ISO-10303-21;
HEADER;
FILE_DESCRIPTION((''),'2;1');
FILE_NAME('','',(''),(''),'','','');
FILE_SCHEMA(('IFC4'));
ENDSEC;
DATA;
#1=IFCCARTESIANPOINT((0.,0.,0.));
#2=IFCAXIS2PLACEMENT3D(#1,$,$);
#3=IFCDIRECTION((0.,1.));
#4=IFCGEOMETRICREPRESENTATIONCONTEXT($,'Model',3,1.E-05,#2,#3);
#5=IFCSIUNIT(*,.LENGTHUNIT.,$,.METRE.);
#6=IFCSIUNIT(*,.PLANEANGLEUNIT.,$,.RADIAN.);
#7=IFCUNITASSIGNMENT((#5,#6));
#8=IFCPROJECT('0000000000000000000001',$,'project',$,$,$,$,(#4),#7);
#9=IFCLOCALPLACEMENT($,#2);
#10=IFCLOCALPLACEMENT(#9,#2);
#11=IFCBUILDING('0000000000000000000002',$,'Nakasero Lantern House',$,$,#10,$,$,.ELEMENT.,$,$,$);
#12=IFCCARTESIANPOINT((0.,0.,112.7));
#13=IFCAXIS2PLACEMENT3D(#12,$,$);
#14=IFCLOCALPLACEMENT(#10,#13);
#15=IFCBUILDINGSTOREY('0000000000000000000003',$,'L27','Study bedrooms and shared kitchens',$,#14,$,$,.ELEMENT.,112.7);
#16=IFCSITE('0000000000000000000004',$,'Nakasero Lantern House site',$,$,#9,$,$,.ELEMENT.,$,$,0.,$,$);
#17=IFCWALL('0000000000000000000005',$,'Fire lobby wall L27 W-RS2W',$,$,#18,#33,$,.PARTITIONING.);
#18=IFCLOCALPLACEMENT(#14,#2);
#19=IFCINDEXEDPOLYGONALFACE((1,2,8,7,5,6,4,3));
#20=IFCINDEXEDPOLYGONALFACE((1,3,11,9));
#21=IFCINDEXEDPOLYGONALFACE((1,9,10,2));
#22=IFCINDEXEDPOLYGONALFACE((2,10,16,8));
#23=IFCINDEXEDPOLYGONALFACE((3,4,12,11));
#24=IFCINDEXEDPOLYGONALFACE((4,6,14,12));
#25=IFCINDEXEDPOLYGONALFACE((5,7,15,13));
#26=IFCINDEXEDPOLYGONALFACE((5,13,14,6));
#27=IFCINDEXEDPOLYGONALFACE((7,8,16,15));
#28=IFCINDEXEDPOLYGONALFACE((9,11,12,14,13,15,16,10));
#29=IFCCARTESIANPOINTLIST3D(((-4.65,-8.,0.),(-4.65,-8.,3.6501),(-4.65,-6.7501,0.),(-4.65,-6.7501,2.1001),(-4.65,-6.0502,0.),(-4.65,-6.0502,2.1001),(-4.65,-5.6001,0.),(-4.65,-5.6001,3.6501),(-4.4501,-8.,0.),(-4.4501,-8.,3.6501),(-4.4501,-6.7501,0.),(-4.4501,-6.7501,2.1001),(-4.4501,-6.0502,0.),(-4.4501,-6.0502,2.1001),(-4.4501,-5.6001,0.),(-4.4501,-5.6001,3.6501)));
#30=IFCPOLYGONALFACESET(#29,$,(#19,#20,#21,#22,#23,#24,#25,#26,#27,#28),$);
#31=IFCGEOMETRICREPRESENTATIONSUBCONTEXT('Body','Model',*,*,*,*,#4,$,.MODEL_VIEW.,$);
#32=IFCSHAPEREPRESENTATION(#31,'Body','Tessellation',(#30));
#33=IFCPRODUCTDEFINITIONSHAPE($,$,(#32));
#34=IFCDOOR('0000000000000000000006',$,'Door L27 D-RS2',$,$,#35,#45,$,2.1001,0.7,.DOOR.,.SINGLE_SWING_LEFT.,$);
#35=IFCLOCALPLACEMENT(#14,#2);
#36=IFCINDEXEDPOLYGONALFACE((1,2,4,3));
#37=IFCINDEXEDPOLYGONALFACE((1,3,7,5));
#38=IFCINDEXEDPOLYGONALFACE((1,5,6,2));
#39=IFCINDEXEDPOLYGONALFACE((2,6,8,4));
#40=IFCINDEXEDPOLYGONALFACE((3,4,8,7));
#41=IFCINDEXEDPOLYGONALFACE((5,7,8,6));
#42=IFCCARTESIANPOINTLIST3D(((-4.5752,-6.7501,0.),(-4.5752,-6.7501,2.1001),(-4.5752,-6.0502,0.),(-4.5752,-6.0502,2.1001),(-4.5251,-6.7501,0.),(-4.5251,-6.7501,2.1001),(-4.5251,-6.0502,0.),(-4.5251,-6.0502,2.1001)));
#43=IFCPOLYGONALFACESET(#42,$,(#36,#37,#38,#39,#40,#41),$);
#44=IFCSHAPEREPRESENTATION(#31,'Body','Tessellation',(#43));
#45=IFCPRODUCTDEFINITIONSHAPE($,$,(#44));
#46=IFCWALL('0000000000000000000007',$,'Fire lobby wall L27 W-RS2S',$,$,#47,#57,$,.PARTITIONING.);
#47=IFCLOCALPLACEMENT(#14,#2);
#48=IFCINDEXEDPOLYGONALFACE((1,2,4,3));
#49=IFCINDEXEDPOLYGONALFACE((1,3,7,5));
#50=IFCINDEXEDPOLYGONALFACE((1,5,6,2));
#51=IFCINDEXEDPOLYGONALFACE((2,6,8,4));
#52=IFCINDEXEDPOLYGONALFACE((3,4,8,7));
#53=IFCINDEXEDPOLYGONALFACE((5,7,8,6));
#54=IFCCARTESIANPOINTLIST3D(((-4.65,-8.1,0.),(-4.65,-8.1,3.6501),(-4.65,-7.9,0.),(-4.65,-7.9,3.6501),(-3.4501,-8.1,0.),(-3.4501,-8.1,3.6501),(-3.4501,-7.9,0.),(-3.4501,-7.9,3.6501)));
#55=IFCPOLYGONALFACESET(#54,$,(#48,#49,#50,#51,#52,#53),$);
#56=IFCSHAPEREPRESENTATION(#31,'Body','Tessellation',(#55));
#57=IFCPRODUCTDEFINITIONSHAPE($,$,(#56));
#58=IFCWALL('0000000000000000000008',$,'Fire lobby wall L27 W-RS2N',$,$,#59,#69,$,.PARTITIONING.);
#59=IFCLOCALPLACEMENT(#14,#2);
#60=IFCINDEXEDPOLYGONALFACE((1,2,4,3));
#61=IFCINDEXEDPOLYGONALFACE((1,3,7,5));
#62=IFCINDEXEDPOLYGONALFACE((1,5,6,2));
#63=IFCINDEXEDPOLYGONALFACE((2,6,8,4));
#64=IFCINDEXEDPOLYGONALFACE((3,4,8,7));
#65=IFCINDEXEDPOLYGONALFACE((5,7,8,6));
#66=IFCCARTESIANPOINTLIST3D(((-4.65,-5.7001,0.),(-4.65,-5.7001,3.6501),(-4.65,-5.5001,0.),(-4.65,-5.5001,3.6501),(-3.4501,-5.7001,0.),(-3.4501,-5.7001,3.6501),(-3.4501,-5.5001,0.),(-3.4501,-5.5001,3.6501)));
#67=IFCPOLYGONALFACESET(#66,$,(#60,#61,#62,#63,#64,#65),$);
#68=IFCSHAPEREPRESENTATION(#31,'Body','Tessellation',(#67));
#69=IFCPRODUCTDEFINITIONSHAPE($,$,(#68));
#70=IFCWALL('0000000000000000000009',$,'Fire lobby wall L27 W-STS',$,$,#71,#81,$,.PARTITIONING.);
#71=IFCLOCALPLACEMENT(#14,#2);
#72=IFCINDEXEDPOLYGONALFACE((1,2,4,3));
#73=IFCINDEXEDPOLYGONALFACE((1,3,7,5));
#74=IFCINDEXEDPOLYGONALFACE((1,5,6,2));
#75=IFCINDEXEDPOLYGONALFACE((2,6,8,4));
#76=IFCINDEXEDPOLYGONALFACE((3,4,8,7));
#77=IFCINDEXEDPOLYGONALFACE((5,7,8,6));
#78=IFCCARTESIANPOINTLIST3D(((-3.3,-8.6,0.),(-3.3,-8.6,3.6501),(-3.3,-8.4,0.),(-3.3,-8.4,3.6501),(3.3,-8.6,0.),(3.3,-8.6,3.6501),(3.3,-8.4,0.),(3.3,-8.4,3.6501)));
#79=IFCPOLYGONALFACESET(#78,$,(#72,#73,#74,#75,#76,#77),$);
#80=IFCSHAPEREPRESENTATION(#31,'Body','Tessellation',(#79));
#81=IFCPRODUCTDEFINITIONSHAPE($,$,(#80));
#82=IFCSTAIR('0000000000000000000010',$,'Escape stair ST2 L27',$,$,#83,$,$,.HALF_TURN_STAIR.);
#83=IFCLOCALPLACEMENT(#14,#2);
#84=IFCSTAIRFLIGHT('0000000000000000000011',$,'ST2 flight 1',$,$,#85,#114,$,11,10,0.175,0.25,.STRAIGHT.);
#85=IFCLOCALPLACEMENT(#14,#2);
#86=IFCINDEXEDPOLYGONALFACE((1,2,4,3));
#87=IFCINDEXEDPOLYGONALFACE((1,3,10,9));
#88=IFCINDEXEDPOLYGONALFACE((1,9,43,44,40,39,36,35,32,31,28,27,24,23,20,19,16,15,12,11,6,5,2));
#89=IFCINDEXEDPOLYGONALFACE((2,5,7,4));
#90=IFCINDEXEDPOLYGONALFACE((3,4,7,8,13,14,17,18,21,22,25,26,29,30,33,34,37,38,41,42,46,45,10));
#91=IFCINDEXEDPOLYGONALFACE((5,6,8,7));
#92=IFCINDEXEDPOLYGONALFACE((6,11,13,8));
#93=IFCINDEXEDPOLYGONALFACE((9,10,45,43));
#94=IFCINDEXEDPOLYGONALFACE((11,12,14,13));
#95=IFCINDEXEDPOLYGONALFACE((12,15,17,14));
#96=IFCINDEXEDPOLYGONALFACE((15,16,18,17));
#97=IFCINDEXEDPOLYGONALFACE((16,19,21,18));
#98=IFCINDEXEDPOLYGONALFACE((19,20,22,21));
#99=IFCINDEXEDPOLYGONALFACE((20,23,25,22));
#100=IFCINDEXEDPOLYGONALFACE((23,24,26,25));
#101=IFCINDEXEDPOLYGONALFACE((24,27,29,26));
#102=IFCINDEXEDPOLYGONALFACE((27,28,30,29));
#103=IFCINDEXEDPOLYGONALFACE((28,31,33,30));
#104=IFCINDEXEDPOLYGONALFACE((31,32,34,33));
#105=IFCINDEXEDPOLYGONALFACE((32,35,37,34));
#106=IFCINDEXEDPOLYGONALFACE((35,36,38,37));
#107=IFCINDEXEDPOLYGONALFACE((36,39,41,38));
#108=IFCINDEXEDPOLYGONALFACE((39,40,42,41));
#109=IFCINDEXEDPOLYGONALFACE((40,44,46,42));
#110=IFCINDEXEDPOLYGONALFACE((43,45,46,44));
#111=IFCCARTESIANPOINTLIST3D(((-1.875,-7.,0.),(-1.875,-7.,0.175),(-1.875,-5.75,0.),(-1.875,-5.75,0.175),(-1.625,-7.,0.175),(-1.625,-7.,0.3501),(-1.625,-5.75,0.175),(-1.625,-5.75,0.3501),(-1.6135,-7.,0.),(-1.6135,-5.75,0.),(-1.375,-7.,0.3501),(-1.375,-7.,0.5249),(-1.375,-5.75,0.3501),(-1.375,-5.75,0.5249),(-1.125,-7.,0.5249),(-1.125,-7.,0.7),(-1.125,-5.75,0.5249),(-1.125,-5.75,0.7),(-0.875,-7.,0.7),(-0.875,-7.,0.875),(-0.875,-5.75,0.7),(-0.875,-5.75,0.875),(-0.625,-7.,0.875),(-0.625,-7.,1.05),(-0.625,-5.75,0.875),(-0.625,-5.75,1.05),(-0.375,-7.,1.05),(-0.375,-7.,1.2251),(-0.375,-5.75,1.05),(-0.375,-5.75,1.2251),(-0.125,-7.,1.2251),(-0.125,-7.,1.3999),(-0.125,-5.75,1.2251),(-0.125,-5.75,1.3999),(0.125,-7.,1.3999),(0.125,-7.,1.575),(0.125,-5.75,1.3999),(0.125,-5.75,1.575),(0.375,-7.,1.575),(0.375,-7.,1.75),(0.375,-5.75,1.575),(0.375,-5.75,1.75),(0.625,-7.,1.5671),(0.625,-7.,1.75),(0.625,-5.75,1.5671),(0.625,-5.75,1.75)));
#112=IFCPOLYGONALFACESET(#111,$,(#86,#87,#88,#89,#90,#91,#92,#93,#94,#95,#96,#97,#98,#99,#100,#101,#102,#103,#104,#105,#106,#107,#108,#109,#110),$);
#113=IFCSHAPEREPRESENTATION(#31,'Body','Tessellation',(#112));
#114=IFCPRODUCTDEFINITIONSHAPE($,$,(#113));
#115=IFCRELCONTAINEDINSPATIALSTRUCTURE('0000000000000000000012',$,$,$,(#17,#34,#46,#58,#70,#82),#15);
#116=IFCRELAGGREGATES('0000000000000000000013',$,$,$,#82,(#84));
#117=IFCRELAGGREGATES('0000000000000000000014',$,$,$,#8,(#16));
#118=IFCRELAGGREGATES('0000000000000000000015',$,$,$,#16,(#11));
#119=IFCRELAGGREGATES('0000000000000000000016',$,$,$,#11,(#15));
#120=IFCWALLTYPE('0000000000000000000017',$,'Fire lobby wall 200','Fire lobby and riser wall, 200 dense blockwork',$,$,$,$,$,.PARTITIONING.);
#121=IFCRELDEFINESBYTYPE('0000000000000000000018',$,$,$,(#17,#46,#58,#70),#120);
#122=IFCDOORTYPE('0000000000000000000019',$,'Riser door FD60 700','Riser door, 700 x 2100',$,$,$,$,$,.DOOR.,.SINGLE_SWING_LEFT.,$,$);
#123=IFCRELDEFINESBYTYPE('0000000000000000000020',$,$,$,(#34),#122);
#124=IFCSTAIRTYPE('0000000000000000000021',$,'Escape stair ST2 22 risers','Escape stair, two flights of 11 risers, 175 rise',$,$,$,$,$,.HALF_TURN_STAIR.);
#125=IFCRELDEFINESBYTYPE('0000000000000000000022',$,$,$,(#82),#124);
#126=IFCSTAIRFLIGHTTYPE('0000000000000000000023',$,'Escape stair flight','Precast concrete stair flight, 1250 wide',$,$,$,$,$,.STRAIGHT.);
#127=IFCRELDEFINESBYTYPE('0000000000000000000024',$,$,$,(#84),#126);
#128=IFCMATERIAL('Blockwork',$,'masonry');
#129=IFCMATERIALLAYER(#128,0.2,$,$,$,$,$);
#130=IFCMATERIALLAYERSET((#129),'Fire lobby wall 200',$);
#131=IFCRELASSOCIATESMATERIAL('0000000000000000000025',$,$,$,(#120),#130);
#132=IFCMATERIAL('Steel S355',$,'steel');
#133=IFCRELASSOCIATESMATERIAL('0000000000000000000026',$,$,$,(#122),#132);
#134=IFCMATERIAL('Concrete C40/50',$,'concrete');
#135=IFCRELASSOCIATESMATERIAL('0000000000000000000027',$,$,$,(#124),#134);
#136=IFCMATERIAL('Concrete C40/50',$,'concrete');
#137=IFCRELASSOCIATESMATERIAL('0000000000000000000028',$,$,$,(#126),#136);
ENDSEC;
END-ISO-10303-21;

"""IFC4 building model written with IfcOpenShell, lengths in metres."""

from ifc_helpers import new_model, si_unit, direction, frame, frame_2d, origin, place, context, subcontext, project, spatial, polyline, rectangle, outline, extrude, material, layer, layer_set, type_object, element, fill, aggregate, save


model = new_model("IFC4")

# Units and contexts
model_context = context("Model", 3, precision=1e-05, world=origin(), true_north=direction((0.0, 1.0)))
body_context = subcontext(model_context, "Body", "Model", "MODEL_VIEW")
ifc_project = project(units=[si_unit("LENGTHUNIT", "METRE"), si_unit("PLANEANGLEUNIT", "RADIAN")], contexts=[model_context])

# Site, building, storey
site_placement = place(None, origin())
site = spatial("IfcSite", under=ifc_project, at=site_placement, Name="Nakasero Lantern House site", CompositionType="ELEMENT", RefElevation=0.0)
building_placement = place(site_placement, origin())
building = spatial("IfcBuilding", under=site, at=building_placement, Name="Nakasero Lantern House", CompositionType="ELEMENT")
storey_placement = place(building_placement, frame((0.0, 0.0, 112.7)))
storey = spatial("IfcBuildingStorey", under=building, at=storey_placement, Name="L27", Description="Study bedrooms and shared kitchens", CompositionType="ELEMENT", Elevation=112.7)

# Wall, opening, door
ifc_material_1 = material(Name="Blockwork", Category="masonry")
ifc_layer_1 = layer(ifc_material_1, 0.2)
ifc_layer_set_1 = layer_set([ifc_layer_1], Name="Fire lobby wall 200")
wall_type_1 = type_object("IfcWallType", Name="Fire lobby wall 200", Description="Fire lobby and riser wall, 200 dense blockwork", PredefinedType="PARTITIONING", material=ifc_layer_set_1)
wall_1_placement = place(storey_placement, frame((-4.55, -5.6001, 0.0), z_axis=(0.0, 0.0, 1.0), x_axis=(0.0, -1.0, 0.0)))
wall_1 = element("IfcWall", 1, at=wall_1_placement, inside=storey, type_object=wall_type_1, Name="Fire lobby wall L27 W-RS2W", PredefinedType="PARTITIONING", context=body_context, shape_type="SweptSolid", body=[
    extrude(rectangle(XDim=2.3999, YDim=0.2, at=frame_2d((1.2, 0.0))), origin(), (0.0, 0.0, 1.0), 3.6501),
])
opening_1_placement = place(wall_1_placement, frame((0.45, 0.0, 0.0)))
opening_1 = element("IfcOpeningElement", 2, at=opening_1_placement, cuts=wall_1, PredefinedType="OPENING", context=body_context, shape_type="SweptSolid", body=[
    extrude(rectangle(XDim=0.7, YDim=2.1001, at=frame_2d((0.3501, 1.05))), frame((0.0, 0.1199, 0.0), z_axis=(0.0, -1.0, 0.0), x_axis=(1.0, 0.0, 0.0)), (0.0, 0.0, 1.0), 0.24),
])
ifc_material_2 = material(Name="Steel S355", Category="steel")
door_type_1 = type_object("IfcDoorType", Name="Riser door FD60 700", Description="Riser door, 700 x 2100", OperationType="SINGLE_SWING_LEFT", PredefinedType="DOOR", material=ifc_material_2)
door_1_placement = place(opening_1_placement, origin())
door_1 = element("IfcDoor", 3, at=door_1_placement, inside=storey, type_object=door_type_1, Name="Door L27 D-RS2", OperationType="SINGLE_SWING_LEFT", OverallHeight=2.1001, OverallWidth=0.7, PredefinedType="DOOR", context=body_context, shape_type="SweptSolid", body=[
    extrude(rectangle(XDim=0.7, YDim=2.1001, at=frame_2d((0.3501, 1.05))), frame((0.0, 0.0249, 0.0), z_axis=(0.0, -1.0, 0.0), x_axis=(1.0, 0.0, 0.0)), (0.0, 0.0, 1.0), 0.05),
])
fill(opening_1, door_1)

# Walls
for number, where, z_axis, x_axis, name in (
    (4, (-3.45, -8.0, 0.0), (0.0, 0.0, 1.0), (-1.0, 0.0, 0.0), "Fire lobby wall L27 W-RS2S"),
    (5, (-3.45, -5.6001, 0.0), (0.0, 0.0, 1.0), (-1.0, 0.0, 0.0), "Fire lobby wall L27 W-RS2N"),
):
    element("IfcWall", number, at=place(storey_placement, frame(where, z_axis=z_axis, x_axis=x_axis)), inside=storey, type_object=wall_type_1, Name=name, PredefinedType="PARTITIONING", context=body_context, shape_type="SweptSolid", body=[
        extrude(rectangle(XDim=1.2, YDim=0.2, at=frame_2d((0.6001, 0.0))), origin(), (0.0, 0.0, 1.0), 3.6501),
    ])
wall_2_placement = place(storey_placement, frame((-3.3, -8.5, 0.0), z_axis=(0.0, 0.0, 1.0), x_axis=(1.0, 0.0, 0.0)))
element("IfcWall", 6, at=wall_2_placement, inside=storey, type_object=wall_type_1, Name="Fire lobby wall L27 W-STS", PredefinedType="PARTITIONING", context=body_context, shape_type="SweptSolid", body=[
    extrude(rectangle(XDim=6.6001, YDim=0.2, at=frame_2d((3.3, 0.0))), origin(), (0.0, 0.0, 1.0), 3.6501),
])

# Stair, stair flight
ifc_material_3 = material(Name="Concrete C40/50", Category="concrete")
stair_type = type_object("IfcStairType", Name="Escape stair ST2 22 risers", Description="Escape stair, two flights of 11 risers, 175 rise", PredefinedType="HALF_TURN_STAIR", material=ifc_material_3)
stair_placement = place(storey_placement, origin())
stair = element("IfcStair", 7, at=stair_placement, inside=storey, type_object=stair_type, Name="Escape stair ST2 L27", PredefinedType="HALF_TURN_STAIR")
ifc_material_4 = material(Name="Concrete C40/50", Category="concrete")
stair_flight_type = type_object("IfcStairFlightType", Name="Escape stair flight", Description="Precast concrete stair flight, 1250 wide", PredefinedType="STRAIGHT", material=ifc_material_4)
stair_flight_placement = place(storey_placement, frame((-1.875, -6.375, 0.0), z_axis=(0.0, 0.0, 1.0), x_axis=(1.0, 0.0, 0.0)))
stair_flight = element("IfcStairFlight", 8, at=stair_flight_placement, type_object=stair_flight_type, Name="ST2 flight 1", NumberOfRisers=11, NumberOfTreads=10, PredefinedType="STRAIGHT", RiserHeight=0.175, TreadLength=0.25, context=body_context, shape_type="SweptSolid", body=[
    extrude(outline(polyline([(0.0, 0.0), (0.0, 0.175), (0.25, 0.175), (0.25, 0.3501), (0.5, 0.3501), (0.5, 0.5249), (0.75, 0.5249), (0.75, 0.7), (1.0, 0.7), (1.0, 0.875), (1.25, 0.875), (1.25, 1.05), (1.5, 1.05), (1.5, 1.2251), (1.75, 1.2251), (1.75, 1.3999), (2.0, 1.3999), (2.0, 1.575), (2.25, 1.575), (2.25, 1.75), (2.5, 1.75), (2.5, 1.925), (2.5, 1.5671), (0.2615, 0.0), (0.0, 0.0)])), frame((0.0, 0.625, 0.0), z_axis=(0.0, -1.0, 0.0), x_axis=(1.0, 0.0, 0.0)), (0.0, 0.0, 1.0), 1.25),
])
aggregate(stair, [stair_flight])

save(model, "model.ifc")
